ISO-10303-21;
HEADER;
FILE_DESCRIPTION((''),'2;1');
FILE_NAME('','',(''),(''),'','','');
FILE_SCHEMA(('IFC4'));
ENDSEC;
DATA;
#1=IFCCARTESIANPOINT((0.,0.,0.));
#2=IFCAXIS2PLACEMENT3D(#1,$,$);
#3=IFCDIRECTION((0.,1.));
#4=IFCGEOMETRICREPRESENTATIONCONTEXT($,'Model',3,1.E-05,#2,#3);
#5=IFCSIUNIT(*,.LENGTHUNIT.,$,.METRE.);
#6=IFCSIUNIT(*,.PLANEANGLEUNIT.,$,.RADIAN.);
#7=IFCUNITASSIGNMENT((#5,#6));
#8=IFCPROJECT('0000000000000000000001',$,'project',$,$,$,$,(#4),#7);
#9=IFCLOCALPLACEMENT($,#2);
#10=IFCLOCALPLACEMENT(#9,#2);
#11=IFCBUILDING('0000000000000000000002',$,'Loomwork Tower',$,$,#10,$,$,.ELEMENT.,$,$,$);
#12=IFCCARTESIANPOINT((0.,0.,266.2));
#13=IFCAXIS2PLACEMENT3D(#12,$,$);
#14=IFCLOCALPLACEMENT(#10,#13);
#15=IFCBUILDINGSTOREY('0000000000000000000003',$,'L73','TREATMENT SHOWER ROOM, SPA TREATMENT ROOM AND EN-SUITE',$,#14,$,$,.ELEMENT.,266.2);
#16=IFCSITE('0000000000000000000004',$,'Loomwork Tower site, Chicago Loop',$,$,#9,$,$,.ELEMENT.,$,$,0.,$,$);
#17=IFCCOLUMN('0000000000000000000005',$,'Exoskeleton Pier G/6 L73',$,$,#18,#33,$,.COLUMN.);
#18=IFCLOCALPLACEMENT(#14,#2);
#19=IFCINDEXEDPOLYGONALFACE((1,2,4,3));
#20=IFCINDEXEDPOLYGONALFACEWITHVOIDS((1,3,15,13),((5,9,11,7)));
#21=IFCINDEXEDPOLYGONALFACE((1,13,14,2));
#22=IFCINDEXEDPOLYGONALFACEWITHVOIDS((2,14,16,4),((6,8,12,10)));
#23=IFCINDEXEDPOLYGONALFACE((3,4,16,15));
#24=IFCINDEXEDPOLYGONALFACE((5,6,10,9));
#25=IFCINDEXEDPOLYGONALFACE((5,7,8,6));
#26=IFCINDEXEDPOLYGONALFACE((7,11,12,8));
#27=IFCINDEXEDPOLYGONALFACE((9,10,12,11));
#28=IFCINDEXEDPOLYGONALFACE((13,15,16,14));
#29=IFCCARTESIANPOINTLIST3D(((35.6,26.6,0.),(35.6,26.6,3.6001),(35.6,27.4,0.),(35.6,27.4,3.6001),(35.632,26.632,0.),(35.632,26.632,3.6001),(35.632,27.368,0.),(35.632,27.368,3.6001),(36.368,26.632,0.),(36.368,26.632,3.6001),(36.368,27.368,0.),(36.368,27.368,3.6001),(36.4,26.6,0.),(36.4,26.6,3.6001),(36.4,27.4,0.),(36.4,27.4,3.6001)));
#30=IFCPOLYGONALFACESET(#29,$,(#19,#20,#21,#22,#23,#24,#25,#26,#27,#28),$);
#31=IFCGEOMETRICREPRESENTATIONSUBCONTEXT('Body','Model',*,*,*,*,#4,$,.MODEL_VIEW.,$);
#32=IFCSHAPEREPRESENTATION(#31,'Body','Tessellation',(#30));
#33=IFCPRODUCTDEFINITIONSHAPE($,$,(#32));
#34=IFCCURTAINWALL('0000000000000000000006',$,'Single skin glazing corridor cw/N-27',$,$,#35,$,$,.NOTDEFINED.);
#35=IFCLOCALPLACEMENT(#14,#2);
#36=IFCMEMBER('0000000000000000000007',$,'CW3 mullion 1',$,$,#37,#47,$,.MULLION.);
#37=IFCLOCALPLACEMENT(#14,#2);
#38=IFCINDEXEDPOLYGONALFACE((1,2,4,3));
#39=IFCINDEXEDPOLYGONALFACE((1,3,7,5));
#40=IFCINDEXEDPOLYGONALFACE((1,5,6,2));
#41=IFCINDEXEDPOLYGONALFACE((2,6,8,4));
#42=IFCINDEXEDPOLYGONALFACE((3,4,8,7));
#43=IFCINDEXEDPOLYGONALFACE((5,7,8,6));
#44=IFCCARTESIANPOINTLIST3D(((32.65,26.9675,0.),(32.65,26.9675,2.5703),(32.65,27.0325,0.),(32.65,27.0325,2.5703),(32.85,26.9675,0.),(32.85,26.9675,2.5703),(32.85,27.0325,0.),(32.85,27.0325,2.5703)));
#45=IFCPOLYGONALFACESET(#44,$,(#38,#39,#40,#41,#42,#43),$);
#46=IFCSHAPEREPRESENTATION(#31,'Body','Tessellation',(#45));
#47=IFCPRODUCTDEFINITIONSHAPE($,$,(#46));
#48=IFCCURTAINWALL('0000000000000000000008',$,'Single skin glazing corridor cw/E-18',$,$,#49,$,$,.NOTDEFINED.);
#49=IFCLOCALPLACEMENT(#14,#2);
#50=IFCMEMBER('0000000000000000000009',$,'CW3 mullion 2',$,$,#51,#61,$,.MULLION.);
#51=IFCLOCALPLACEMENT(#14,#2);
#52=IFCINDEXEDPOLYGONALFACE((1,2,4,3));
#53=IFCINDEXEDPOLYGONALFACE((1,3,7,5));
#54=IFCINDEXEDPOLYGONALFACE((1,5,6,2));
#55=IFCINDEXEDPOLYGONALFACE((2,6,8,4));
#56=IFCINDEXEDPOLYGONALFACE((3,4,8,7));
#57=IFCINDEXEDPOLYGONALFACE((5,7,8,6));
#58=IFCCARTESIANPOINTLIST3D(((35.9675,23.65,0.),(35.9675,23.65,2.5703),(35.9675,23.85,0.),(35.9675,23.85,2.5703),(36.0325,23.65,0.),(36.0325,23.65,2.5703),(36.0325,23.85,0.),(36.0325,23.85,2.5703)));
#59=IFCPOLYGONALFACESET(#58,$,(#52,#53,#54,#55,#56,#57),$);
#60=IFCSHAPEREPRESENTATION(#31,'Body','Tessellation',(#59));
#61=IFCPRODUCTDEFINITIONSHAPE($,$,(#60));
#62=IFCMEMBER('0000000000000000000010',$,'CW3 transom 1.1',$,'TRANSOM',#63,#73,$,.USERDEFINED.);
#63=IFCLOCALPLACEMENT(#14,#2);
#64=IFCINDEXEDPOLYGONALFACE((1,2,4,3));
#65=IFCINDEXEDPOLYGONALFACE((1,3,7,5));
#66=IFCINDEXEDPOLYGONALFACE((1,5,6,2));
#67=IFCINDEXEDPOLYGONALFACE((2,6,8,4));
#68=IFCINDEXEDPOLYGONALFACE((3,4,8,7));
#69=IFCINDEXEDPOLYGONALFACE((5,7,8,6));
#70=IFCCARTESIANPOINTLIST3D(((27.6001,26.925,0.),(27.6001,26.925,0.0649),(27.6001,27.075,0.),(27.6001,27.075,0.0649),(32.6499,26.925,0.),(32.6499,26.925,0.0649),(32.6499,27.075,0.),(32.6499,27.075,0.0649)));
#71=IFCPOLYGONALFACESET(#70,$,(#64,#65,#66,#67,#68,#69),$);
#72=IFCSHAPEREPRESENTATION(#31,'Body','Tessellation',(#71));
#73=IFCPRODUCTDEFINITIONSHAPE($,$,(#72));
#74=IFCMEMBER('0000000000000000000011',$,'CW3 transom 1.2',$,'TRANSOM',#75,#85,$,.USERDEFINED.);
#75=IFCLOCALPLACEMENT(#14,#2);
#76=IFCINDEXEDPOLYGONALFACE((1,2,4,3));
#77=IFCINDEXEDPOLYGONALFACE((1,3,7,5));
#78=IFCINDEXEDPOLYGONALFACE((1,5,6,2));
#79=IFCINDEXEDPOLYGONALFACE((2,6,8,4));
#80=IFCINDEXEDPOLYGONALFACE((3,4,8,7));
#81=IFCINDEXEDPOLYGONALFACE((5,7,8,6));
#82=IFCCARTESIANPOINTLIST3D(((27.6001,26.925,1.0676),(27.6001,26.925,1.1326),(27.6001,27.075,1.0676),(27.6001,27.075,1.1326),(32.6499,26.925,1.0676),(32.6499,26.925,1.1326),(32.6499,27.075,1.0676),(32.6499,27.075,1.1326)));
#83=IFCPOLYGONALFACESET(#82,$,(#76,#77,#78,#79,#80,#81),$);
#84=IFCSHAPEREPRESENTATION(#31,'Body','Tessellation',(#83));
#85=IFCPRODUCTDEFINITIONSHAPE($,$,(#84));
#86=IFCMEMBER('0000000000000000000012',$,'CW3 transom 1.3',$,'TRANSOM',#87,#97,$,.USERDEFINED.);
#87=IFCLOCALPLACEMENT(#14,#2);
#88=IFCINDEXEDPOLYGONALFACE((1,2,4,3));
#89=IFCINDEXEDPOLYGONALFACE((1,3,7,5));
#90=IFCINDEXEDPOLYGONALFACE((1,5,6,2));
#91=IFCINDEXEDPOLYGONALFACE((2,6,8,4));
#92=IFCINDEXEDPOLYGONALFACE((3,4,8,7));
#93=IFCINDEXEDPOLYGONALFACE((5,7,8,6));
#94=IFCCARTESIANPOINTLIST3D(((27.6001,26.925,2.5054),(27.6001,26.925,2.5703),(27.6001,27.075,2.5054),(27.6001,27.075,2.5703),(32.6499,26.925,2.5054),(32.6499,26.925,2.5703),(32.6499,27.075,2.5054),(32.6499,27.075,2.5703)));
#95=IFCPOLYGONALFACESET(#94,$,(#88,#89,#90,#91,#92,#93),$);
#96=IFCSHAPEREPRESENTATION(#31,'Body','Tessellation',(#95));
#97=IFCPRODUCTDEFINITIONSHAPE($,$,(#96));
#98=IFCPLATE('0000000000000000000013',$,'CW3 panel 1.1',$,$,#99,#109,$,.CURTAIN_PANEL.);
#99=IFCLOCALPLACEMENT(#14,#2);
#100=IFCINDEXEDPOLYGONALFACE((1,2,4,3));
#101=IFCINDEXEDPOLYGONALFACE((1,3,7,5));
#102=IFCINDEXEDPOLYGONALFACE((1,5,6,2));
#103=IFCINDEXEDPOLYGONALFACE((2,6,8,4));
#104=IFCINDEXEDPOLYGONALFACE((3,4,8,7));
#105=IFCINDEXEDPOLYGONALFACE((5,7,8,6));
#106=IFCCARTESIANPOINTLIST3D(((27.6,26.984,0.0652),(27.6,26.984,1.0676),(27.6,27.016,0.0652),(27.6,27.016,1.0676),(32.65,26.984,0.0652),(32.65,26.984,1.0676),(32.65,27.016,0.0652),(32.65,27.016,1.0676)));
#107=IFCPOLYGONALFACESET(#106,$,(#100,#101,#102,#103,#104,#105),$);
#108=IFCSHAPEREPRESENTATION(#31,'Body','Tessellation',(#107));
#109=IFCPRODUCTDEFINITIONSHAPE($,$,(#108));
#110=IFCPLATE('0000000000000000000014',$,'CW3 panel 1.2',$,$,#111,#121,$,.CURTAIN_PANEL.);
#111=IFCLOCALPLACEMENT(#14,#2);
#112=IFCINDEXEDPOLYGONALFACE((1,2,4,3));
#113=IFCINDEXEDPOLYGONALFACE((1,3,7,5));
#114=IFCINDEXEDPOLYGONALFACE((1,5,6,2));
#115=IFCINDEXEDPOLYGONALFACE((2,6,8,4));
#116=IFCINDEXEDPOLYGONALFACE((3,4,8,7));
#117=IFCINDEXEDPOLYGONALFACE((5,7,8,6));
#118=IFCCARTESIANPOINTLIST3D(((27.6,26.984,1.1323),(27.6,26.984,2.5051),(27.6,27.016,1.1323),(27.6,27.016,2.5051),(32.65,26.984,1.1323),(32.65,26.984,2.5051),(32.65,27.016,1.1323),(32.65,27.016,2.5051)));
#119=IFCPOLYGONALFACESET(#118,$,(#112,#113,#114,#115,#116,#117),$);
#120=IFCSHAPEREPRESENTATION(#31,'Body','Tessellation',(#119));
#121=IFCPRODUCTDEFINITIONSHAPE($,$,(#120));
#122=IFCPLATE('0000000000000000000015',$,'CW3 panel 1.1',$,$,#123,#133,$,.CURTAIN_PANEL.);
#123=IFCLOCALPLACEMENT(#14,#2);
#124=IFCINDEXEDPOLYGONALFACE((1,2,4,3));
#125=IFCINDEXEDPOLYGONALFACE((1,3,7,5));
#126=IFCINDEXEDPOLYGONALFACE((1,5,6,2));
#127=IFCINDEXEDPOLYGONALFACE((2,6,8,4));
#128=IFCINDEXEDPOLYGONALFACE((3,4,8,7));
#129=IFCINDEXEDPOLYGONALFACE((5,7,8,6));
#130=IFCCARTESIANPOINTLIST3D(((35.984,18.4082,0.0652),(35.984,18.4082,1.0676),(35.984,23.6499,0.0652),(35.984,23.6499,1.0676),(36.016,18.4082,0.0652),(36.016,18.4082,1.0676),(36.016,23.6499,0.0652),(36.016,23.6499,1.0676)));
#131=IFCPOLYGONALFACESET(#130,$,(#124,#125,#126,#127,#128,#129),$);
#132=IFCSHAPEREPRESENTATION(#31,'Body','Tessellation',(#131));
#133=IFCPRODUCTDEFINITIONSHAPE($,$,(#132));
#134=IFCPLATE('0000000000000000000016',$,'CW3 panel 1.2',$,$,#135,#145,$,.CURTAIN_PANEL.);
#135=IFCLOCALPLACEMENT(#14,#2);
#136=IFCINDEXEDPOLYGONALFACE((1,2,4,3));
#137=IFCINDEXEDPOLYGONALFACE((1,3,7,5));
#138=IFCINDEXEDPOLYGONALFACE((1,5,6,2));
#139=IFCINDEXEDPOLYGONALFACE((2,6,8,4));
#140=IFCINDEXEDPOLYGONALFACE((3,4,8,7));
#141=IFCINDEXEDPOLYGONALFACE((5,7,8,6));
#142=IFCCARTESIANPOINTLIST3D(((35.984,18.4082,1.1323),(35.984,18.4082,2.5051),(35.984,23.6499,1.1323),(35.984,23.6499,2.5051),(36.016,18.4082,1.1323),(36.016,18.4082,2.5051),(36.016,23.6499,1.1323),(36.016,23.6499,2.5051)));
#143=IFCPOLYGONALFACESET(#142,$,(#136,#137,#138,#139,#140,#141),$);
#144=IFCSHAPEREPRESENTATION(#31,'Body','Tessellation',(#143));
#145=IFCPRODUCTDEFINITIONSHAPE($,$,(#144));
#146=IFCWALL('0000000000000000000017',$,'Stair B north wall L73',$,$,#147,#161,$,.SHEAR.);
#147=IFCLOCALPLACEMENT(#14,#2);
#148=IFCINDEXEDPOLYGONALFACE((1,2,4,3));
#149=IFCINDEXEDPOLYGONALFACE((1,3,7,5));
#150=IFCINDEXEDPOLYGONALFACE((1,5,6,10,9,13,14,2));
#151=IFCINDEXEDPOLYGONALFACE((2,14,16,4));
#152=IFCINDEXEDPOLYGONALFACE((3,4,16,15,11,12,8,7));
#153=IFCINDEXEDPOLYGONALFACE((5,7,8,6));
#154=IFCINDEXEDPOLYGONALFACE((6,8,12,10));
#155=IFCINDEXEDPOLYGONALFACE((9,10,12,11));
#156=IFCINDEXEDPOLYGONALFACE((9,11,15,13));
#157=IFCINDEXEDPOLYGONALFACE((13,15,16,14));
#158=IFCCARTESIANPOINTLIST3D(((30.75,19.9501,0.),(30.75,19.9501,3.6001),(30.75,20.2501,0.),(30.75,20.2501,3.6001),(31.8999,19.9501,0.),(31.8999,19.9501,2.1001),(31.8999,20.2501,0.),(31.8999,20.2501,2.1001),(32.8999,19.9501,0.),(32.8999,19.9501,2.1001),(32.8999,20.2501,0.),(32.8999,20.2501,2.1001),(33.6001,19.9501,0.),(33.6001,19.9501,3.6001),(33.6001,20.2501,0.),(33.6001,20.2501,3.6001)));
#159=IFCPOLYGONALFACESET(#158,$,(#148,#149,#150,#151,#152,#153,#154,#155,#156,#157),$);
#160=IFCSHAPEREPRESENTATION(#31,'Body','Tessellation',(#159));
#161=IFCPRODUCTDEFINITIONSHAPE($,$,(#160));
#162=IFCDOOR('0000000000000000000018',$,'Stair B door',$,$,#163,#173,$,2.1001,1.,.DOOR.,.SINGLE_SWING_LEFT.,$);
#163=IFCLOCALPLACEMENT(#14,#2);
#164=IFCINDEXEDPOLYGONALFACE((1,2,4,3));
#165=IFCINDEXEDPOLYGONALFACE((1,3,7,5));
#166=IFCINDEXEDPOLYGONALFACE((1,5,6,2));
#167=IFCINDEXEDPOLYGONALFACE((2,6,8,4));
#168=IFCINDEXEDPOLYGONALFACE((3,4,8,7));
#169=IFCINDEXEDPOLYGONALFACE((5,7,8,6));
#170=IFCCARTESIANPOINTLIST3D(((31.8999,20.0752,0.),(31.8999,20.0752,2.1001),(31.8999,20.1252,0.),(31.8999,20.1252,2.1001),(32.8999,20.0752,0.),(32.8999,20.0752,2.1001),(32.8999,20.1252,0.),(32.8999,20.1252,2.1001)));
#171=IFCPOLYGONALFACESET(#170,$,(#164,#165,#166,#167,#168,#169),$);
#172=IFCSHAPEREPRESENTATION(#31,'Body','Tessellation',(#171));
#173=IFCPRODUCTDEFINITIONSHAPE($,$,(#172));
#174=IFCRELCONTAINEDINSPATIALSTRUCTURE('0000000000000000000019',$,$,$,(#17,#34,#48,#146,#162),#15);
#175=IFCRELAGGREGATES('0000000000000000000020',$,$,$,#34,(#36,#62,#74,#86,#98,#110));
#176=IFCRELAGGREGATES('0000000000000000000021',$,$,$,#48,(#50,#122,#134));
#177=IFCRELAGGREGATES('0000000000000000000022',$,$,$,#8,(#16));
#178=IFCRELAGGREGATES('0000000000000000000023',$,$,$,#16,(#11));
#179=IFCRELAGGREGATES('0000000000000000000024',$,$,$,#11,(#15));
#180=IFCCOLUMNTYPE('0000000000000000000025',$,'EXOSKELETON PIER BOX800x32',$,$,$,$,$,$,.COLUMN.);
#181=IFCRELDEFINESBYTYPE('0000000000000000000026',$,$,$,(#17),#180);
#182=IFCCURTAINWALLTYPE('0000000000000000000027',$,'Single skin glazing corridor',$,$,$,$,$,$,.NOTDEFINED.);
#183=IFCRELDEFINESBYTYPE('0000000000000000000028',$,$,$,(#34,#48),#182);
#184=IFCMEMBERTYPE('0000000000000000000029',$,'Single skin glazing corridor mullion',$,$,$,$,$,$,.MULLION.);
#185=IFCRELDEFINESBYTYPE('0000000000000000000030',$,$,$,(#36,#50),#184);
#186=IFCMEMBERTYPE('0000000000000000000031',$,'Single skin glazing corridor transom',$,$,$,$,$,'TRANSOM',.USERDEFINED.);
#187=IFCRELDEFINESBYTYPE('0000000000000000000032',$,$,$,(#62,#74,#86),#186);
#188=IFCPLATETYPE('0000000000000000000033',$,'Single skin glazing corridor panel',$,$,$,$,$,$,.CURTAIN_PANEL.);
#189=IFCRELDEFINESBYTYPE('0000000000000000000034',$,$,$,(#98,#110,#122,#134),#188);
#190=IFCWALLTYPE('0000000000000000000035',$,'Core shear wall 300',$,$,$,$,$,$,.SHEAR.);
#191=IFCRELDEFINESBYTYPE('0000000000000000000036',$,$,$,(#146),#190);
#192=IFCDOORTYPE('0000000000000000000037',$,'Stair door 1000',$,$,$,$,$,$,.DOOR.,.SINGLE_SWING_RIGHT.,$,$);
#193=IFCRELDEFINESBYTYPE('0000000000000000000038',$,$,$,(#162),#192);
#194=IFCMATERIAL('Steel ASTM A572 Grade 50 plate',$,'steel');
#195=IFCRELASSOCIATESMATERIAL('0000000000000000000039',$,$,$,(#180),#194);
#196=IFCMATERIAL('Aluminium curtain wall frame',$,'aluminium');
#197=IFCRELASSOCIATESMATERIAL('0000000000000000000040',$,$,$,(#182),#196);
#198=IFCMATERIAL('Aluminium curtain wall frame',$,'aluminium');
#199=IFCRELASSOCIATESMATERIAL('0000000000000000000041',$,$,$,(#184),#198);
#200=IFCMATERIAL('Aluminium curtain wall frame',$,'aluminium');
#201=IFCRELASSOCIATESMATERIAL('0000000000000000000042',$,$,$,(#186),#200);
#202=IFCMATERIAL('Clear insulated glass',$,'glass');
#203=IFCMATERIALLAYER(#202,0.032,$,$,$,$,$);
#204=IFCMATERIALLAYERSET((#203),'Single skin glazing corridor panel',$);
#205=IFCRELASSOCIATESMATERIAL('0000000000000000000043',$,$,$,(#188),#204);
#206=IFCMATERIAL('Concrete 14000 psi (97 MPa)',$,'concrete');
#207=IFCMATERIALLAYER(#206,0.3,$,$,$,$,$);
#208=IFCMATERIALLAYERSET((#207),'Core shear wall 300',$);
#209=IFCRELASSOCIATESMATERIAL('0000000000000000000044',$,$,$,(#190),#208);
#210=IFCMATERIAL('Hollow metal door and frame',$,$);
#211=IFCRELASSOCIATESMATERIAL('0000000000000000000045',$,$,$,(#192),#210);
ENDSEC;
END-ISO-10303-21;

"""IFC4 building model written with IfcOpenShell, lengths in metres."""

from ifc_helpers import new_model, si_unit, direction, frame, frame_2d, origin, origin_2d, place, context, subcontext, project, spatial, rectangle, hollow_rectangle, extrude, material, layer, layer_set, material_profile, profile_set, type_object, element, fill, aggregate, save


model = new_model("IFC4")

# Units and contexts
model_context = context("Model", 3, precision=1e-05, world=origin(), true_north=direction((0.0, 1.0)))
body_context = subcontext(model_context, "Body", "Model", "MODEL_VIEW")
ifc_project = project(units=[si_unit("LENGTHUNIT", "METRE"), si_unit("PLANEANGLEUNIT", "RADIAN")], contexts=[model_context])

# Site, building, storey
site_placement = place(None, origin())
site = spatial("IfcSite", under=ifc_project, at=site_placement, Name="Loomwork Tower site, Chicago Loop", CompositionType="ELEMENT", RefElevation=0.0)
building_placement = place(site_placement, origin())
building = spatial("IfcBuilding", under=site, at=building_placement, Name="Loomwork Tower", CompositionType="ELEMENT")
storey_placement = place(building_placement, frame((0.0, 0.0, 266.2)))
storey = spatial("IfcBuildingStorey", under=building, at=storey_placement, Name="L73", Description="TREATMENT SHOWER ROOM, SPA TREATMENT ROOM AND EN-SUITE", CompositionType="ELEMENT", Elevation=266.2)

# Column
ifc_material_1 = material(Name="Steel ASTM A572 Grade 50 plate", Category="steel")
ifc_material_profile_1 = material_profile(ifc_material_1, hollow_rectangle(XDim=0.8, YDim=0.8, WallThickness=0.032, at=origin_2d()), Name="BOX800x32")
ifc_profile_set_1 = profile_set([ifc_material_profile_1], Name="Steel ASTM A572 Grade 50 plate")
column_type = type_object("IfcColumnType", Name="EXOSKELETON PIER BOX800x32", PredefinedType="COLUMN", material=ifc_profile_set_1)
column_placement = place(storey_placement, frame((36.0, 27.0, 0.0), z_axis=(0.0, 0.0, 1.0), x_axis=(1.0, 0.0, 0.0)))
element("IfcColumn", 1, at=column_placement, inside=storey, type_object=column_type, Name="Exoskeleton Pier G/6 L73", PredefinedType="COLUMN", context=body_context, shape_type="SweptSolid", body=[
    extrude(hollow_rectangle(XDim=0.8, YDim=0.8, WallThickness=0.032, at=origin_2d()), origin(), (0.0, 0.0, 1.0), 3.6001),
])

# Curtain walls, members
ifc_material_2 = material(Name="Aluminium curtain wall frame", Category="aluminium")
curtain_wall_type = type_object("IfcCurtainWallType", Name="Single skin glazing corridor", PredefinedType="NOTDEFINED", material=ifc_material_2)
curtain_wall_1_placement = place(storey_placement, origin())
curtain_wall_1 = element("IfcCurtainWall", 2, at=curtain_wall_1_placement, inside=storey, type_object=curtain_wall_type, Name="Single skin glazing corridor cw/N-27", PredefinedType="NOTDEFINED")
ifc_material_3 = material(Name="Aluminium curtain wall frame", Category="aluminium")
ifc_material_profile_2 = material_profile(ifc_material_3, rectangle(XDim=0.0649, YDim=0.2, at=origin_2d()), Name="AL 65x200")
ifc_profile_set_2 = profile_set([ifc_material_profile_2], Name="Aluminium curtain wall frame")
member_type_1 = type_object("IfcMemberType", Name="Single skin glazing corridor mullion", PredefinedType="MULLION", material=ifc_profile_set_2)
member_1_placement = place(storey_placement, frame((32.75, 27.0, 0.0), z_axis=(0.0, 0.0, 1.0), x_axis=(0.0, -1.0, 0.0)))
member_1 = element("IfcMember", 3, at=member_1_placement, type_object=member_type_1, Name="CW3 mullion 1", PredefinedType="MULLION", context=body_context, shape_type="SweptSolid", body=[
    extrude(rectangle(XDim=0.0649, YDim=0.2, at=origin_2d()), origin(), (0.0, 0.0, 1.0), 2.5703),
])
curtain_wall_2_placement = place(storey_placement, origin())
curtain_wall_2 = element("IfcCurtainWall", 4, at=curtain_wall_2_placement, inside=storey, type_object=curtain_wall_type, Name="Single skin glazing corridor cw/E-18", PredefinedType="NOTDEFINED")
member_2_placement = place(storey_placement, frame((36.0, 23.75, 0.0), z_axis=(0.0, 0.0, 1.0), x_axis=(-1.0, 0.0, 0.0)))
member_2 = element("IfcMember", 5, at=member_2_placement, type_object=member_type_1, Name="CW3 mullion 2", PredefinedType="MULLION", context=body_context, shape_type="SweptSolid", body=[
    extrude(rectangle(XDim=0.0649, YDim=0.2, at=origin_2d()), origin(), (0.0, 0.0, 1.0), 2.5703),
])

# Members
ifc_material_4 = material(Name="Aluminium curtain wall frame", Category="aluminium")
ifc_material_profile_3 = material_profile(ifc_material_4, rectangle(XDim=0.1499, YDim=0.0649, at=origin_2d()), Name="AL 65x150")
ifc_profile_set_3 = profile_set([ifc_material_profile_3], Name="Aluminium curtain wall frame")
member_type_2 = type_object("IfcMemberType", Name="Single skin glazing corridor transom", ElementType="TRANSOM", PredefinedType="USERDEFINED", material=ifc_profile_set_3)
member_3_placement = place(storey_placement, frame((32.6499, 27.0, 0.0325), z_axis=(-1.0, 0.0, 0.0), x_axis=(0.0, -1.0, 0.0)))
member_3 = element("IfcMember", 6, at=member_3_placement, type_object=member_type_2, Name="CW3 transom 1.1", ObjectType="TRANSOM", PredefinedType="USERDEFINED", context=body_context, shape_type="SweptSolid", body=[
    extrude(rectangle(XDim=0.1499, YDim=0.0649, at=origin_2d()), origin(), (0.0, 0.0, 1.0), 5.0498),
])
member_4_placement = place(storey_placement, frame((32.6499, 27.0, 1.1001), z_axis=(-1.0, 0.0, 0.0), x_axis=(0.0, -1.0, 0.0)))
member_4 = element("IfcMember", 7, at=member_4_placement, type_object=member_type_2, Name="CW3 transom 1.2", ObjectType="TRANSOM", PredefinedType="USERDEFINED", context=body_context, shape_type="SweptSolid", body=[
    extrude(rectangle(XDim=0.1499, YDim=0.0649, at=origin_2d()), origin(), (0.0, 0.0, 1.0), 5.0498),
])
member_5_placement = place(storey_placement, frame((32.6499, 27.0, 2.5378), z_axis=(-1.0, 0.0, 0.0), x_axis=(0.0, -1.0, 0.0)))
member_5 = element("IfcMember", 8, at=member_5_placement, type_object=member_type_2, Name="CW3 transom 1.3", ObjectType="TRANSOM", PredefinedType="USERDEFINED", context=body_context, shape_type="SweptSolid", body=[
    extrude(rectangle(XDim=0.1499, YDim=0.0649, at=origin_2d()), origin(), (0.0, 0.0, 1.0), 5.0498),
])

# Plates
ifc_material_5 = material(Name="Clear insulated glass", Category="glass")
ifc_layer_1 = layer(ifc_material_5, 0.032)
ifc_layer_set_1 = layer_set([ifc_layer_1], Name="Single skin glazing corridor panel")
plate_type = type_object("IfcPlateType", Name="Single skin glazing corridor panel", PredefinedType="CURTAIN_PANEL", material=ifc_layer_set_1)
plate_1_placement = place(storey_placement, frame((30.125, 27.0, 0.0652), z_axis=(0.0, 0.0, 1.0), x_axis=(-1.0, 0.0, 0.0)))
plate_1 = element("IfcPlate", 9, at=plate_1_placement, type_object=plate_type, Name="CW3 panel 1.1", PredefinedType="CURTAIN_PANEL", context=body_context, shape_type="SweptSolid", body=[
    extrude(rectangle(XDim=5.05, YDim=0.032, at=origin_2d()), origin(), (0.0, 0.0, 1.0), 1.0024),
])
plate_2_placement = place(storey_placement, frame((30.125, 27.0, 1.1323), z_axis=(0.0, 0.0, 1.0), x_axis=(-1.0, 0.0, 0.0)))
plate_2 = element("IfcPlate", 10, at=plate_2_placement, type_object=plate_type, Name="CW3 panel 1.2", PredefinedType="CURTAIN_PANEL", context=body_context, shape_type="SweptSolid", body=[
    extrude(rectangle(XDim=5.05, YDim=0.032, at=origin_2d()), origin(), (0.0, 0.0, 1.0), 1.3728),
])
aggregate(curtain_wall_1, [member_1, member_3, member_4, member_5, plate_1, plate_2])
plate_3_placement = place(storey_placement, frame((36.0, 21.0291, 0.0652), z_axis=(0.0, 0.0, 1.0), x_axis=(0.0, 1.0, 0.0)))
plate_3 = element("IfcPlate", 11, at=plate_3_placement, type_object=plate_type, Name="CW3 panel 1.1", PredefinedType="CURTAIN_PANEL", context=body_context, shape_type="SweptSolid", body=[
    extrude(rectangle(XDim=5.2417, YDim=0.032, at=origin_2d()), origin(), (0.0, 0.0, 1.0), 1.0024),
])
plate_4_placement = place(storey_placement, frame((36.0, 21.0291, 1.1323), z_axis=(0.0, 0.0, 1.0), x_axis=(0.0, 1.0, 0.0)))
plate_4 = element("IfcPlate", 12, at=plate_4_placement, type_object=plate_type, Name="CW3 panel 1.2", PredefinedType="CURTAIN_PANEL", context=body_context, shape_type="SweptSolid", body=[
    extrude(rectangle(XDim=5.2417, YDim=0.032, at=origin_2d()), origin(), (0.0, 0.0, 1.0), 1.3728),
])
aggregate(curtain_wall_2, [member_2, plate_3, plate_4])

# Wall, opening, door
ifc_material_6 = material(Name="Concrete 14000 psi (97 MPa)", Category="concrete")
ifc_layer_2 = layer(ifc_material_6, 0.3)
ifc_layer_set_2 = layer_set([ifc_layer_2], Name="Core shear wall 300")
wall_type_1 = type_object("IfcWallType", Name="Core shear wall 300", PredefinedType="SHEAR", material=ifc_layer_set_2)
wall_1_placement = place(storey_placement, frame((30.75, 20.1001, 0.0), z_axis=(0.0, 0.0, 1.0), x_axis=(1.0, 0.0, 0.0)))
wall_1 = element("IfcWall", 13, at=wall_1_placement, inside=storey, type_object=wall_type_1, Name="Stair B north wall L73", PredefinedType="SHEAR", context=body_context, shape_type="SweptSolid", body=[
    extrude(rectangle(XDim=2.8501, YDim=0.3, at=frame_2d((1.425, 0.0))), origin(), (0.0, 0.0, 1.0), 3.6001),
])
opening_1_placement = place(wall_1_placement, frame((1.1499, 0.0, 0.0)))
opening_1 = element("IfcOpeningElement", 14, at=opening_1_placement, cuts=wall_1, PredefinedType="OPENING", context=body_context, shape_type="SweptSolid", body=[
    extrude(rectangle(XDim=1.0, YDim=2.1001, at=frame_2d((0.5, 1.05))), frame((0.0, 0.1599, 0.0), z_axis=(0.0, -1.0, 0.0), x_axis=(1.0, 0.0, 0.0)), (0.0, 0.0, 1.0), 0.3201),
])
ifc_material_7 = material(Name="Hollow metal door and frame")
door_type = type_object("IfcDoorType", Name="Stair door 1000", OperationType="SINGLE_SWING_RIGHT", PredefinedType="DOOR", material=ifc_material_7)
door_placement = place(opening_1_placement, frame((1.0, 0.0, 0.0), z_axis=(0.0, 0.0, 1.0), x_axis=(-1.0, 0.0, 0.0)))
door = element("IfcDoor", 15, at=door_placement, inside=storey, type_object=door_type, Name="Stair B door", OperationType="SINGLE_SWING_LEFT", OverallHeight=2.1001, OverallWidth=1.0, PredefinedType="DOOR", context=body_context, shape_type="SweptSolid", body=[
    extrude(rectangle(XDim=1.0, YDim=2.1001, at=frame_2d((0.5, 1.05))), frame((0.0, 0.0249, 0.0), z_axis=(0.0, -1.0, 0.0), x_axis=(1.0, 0.0, 0.0)), (0.0, 0.0, 1.0), 0.05),
])
fill(opening_1, door)

save(model, "model.ifc")
